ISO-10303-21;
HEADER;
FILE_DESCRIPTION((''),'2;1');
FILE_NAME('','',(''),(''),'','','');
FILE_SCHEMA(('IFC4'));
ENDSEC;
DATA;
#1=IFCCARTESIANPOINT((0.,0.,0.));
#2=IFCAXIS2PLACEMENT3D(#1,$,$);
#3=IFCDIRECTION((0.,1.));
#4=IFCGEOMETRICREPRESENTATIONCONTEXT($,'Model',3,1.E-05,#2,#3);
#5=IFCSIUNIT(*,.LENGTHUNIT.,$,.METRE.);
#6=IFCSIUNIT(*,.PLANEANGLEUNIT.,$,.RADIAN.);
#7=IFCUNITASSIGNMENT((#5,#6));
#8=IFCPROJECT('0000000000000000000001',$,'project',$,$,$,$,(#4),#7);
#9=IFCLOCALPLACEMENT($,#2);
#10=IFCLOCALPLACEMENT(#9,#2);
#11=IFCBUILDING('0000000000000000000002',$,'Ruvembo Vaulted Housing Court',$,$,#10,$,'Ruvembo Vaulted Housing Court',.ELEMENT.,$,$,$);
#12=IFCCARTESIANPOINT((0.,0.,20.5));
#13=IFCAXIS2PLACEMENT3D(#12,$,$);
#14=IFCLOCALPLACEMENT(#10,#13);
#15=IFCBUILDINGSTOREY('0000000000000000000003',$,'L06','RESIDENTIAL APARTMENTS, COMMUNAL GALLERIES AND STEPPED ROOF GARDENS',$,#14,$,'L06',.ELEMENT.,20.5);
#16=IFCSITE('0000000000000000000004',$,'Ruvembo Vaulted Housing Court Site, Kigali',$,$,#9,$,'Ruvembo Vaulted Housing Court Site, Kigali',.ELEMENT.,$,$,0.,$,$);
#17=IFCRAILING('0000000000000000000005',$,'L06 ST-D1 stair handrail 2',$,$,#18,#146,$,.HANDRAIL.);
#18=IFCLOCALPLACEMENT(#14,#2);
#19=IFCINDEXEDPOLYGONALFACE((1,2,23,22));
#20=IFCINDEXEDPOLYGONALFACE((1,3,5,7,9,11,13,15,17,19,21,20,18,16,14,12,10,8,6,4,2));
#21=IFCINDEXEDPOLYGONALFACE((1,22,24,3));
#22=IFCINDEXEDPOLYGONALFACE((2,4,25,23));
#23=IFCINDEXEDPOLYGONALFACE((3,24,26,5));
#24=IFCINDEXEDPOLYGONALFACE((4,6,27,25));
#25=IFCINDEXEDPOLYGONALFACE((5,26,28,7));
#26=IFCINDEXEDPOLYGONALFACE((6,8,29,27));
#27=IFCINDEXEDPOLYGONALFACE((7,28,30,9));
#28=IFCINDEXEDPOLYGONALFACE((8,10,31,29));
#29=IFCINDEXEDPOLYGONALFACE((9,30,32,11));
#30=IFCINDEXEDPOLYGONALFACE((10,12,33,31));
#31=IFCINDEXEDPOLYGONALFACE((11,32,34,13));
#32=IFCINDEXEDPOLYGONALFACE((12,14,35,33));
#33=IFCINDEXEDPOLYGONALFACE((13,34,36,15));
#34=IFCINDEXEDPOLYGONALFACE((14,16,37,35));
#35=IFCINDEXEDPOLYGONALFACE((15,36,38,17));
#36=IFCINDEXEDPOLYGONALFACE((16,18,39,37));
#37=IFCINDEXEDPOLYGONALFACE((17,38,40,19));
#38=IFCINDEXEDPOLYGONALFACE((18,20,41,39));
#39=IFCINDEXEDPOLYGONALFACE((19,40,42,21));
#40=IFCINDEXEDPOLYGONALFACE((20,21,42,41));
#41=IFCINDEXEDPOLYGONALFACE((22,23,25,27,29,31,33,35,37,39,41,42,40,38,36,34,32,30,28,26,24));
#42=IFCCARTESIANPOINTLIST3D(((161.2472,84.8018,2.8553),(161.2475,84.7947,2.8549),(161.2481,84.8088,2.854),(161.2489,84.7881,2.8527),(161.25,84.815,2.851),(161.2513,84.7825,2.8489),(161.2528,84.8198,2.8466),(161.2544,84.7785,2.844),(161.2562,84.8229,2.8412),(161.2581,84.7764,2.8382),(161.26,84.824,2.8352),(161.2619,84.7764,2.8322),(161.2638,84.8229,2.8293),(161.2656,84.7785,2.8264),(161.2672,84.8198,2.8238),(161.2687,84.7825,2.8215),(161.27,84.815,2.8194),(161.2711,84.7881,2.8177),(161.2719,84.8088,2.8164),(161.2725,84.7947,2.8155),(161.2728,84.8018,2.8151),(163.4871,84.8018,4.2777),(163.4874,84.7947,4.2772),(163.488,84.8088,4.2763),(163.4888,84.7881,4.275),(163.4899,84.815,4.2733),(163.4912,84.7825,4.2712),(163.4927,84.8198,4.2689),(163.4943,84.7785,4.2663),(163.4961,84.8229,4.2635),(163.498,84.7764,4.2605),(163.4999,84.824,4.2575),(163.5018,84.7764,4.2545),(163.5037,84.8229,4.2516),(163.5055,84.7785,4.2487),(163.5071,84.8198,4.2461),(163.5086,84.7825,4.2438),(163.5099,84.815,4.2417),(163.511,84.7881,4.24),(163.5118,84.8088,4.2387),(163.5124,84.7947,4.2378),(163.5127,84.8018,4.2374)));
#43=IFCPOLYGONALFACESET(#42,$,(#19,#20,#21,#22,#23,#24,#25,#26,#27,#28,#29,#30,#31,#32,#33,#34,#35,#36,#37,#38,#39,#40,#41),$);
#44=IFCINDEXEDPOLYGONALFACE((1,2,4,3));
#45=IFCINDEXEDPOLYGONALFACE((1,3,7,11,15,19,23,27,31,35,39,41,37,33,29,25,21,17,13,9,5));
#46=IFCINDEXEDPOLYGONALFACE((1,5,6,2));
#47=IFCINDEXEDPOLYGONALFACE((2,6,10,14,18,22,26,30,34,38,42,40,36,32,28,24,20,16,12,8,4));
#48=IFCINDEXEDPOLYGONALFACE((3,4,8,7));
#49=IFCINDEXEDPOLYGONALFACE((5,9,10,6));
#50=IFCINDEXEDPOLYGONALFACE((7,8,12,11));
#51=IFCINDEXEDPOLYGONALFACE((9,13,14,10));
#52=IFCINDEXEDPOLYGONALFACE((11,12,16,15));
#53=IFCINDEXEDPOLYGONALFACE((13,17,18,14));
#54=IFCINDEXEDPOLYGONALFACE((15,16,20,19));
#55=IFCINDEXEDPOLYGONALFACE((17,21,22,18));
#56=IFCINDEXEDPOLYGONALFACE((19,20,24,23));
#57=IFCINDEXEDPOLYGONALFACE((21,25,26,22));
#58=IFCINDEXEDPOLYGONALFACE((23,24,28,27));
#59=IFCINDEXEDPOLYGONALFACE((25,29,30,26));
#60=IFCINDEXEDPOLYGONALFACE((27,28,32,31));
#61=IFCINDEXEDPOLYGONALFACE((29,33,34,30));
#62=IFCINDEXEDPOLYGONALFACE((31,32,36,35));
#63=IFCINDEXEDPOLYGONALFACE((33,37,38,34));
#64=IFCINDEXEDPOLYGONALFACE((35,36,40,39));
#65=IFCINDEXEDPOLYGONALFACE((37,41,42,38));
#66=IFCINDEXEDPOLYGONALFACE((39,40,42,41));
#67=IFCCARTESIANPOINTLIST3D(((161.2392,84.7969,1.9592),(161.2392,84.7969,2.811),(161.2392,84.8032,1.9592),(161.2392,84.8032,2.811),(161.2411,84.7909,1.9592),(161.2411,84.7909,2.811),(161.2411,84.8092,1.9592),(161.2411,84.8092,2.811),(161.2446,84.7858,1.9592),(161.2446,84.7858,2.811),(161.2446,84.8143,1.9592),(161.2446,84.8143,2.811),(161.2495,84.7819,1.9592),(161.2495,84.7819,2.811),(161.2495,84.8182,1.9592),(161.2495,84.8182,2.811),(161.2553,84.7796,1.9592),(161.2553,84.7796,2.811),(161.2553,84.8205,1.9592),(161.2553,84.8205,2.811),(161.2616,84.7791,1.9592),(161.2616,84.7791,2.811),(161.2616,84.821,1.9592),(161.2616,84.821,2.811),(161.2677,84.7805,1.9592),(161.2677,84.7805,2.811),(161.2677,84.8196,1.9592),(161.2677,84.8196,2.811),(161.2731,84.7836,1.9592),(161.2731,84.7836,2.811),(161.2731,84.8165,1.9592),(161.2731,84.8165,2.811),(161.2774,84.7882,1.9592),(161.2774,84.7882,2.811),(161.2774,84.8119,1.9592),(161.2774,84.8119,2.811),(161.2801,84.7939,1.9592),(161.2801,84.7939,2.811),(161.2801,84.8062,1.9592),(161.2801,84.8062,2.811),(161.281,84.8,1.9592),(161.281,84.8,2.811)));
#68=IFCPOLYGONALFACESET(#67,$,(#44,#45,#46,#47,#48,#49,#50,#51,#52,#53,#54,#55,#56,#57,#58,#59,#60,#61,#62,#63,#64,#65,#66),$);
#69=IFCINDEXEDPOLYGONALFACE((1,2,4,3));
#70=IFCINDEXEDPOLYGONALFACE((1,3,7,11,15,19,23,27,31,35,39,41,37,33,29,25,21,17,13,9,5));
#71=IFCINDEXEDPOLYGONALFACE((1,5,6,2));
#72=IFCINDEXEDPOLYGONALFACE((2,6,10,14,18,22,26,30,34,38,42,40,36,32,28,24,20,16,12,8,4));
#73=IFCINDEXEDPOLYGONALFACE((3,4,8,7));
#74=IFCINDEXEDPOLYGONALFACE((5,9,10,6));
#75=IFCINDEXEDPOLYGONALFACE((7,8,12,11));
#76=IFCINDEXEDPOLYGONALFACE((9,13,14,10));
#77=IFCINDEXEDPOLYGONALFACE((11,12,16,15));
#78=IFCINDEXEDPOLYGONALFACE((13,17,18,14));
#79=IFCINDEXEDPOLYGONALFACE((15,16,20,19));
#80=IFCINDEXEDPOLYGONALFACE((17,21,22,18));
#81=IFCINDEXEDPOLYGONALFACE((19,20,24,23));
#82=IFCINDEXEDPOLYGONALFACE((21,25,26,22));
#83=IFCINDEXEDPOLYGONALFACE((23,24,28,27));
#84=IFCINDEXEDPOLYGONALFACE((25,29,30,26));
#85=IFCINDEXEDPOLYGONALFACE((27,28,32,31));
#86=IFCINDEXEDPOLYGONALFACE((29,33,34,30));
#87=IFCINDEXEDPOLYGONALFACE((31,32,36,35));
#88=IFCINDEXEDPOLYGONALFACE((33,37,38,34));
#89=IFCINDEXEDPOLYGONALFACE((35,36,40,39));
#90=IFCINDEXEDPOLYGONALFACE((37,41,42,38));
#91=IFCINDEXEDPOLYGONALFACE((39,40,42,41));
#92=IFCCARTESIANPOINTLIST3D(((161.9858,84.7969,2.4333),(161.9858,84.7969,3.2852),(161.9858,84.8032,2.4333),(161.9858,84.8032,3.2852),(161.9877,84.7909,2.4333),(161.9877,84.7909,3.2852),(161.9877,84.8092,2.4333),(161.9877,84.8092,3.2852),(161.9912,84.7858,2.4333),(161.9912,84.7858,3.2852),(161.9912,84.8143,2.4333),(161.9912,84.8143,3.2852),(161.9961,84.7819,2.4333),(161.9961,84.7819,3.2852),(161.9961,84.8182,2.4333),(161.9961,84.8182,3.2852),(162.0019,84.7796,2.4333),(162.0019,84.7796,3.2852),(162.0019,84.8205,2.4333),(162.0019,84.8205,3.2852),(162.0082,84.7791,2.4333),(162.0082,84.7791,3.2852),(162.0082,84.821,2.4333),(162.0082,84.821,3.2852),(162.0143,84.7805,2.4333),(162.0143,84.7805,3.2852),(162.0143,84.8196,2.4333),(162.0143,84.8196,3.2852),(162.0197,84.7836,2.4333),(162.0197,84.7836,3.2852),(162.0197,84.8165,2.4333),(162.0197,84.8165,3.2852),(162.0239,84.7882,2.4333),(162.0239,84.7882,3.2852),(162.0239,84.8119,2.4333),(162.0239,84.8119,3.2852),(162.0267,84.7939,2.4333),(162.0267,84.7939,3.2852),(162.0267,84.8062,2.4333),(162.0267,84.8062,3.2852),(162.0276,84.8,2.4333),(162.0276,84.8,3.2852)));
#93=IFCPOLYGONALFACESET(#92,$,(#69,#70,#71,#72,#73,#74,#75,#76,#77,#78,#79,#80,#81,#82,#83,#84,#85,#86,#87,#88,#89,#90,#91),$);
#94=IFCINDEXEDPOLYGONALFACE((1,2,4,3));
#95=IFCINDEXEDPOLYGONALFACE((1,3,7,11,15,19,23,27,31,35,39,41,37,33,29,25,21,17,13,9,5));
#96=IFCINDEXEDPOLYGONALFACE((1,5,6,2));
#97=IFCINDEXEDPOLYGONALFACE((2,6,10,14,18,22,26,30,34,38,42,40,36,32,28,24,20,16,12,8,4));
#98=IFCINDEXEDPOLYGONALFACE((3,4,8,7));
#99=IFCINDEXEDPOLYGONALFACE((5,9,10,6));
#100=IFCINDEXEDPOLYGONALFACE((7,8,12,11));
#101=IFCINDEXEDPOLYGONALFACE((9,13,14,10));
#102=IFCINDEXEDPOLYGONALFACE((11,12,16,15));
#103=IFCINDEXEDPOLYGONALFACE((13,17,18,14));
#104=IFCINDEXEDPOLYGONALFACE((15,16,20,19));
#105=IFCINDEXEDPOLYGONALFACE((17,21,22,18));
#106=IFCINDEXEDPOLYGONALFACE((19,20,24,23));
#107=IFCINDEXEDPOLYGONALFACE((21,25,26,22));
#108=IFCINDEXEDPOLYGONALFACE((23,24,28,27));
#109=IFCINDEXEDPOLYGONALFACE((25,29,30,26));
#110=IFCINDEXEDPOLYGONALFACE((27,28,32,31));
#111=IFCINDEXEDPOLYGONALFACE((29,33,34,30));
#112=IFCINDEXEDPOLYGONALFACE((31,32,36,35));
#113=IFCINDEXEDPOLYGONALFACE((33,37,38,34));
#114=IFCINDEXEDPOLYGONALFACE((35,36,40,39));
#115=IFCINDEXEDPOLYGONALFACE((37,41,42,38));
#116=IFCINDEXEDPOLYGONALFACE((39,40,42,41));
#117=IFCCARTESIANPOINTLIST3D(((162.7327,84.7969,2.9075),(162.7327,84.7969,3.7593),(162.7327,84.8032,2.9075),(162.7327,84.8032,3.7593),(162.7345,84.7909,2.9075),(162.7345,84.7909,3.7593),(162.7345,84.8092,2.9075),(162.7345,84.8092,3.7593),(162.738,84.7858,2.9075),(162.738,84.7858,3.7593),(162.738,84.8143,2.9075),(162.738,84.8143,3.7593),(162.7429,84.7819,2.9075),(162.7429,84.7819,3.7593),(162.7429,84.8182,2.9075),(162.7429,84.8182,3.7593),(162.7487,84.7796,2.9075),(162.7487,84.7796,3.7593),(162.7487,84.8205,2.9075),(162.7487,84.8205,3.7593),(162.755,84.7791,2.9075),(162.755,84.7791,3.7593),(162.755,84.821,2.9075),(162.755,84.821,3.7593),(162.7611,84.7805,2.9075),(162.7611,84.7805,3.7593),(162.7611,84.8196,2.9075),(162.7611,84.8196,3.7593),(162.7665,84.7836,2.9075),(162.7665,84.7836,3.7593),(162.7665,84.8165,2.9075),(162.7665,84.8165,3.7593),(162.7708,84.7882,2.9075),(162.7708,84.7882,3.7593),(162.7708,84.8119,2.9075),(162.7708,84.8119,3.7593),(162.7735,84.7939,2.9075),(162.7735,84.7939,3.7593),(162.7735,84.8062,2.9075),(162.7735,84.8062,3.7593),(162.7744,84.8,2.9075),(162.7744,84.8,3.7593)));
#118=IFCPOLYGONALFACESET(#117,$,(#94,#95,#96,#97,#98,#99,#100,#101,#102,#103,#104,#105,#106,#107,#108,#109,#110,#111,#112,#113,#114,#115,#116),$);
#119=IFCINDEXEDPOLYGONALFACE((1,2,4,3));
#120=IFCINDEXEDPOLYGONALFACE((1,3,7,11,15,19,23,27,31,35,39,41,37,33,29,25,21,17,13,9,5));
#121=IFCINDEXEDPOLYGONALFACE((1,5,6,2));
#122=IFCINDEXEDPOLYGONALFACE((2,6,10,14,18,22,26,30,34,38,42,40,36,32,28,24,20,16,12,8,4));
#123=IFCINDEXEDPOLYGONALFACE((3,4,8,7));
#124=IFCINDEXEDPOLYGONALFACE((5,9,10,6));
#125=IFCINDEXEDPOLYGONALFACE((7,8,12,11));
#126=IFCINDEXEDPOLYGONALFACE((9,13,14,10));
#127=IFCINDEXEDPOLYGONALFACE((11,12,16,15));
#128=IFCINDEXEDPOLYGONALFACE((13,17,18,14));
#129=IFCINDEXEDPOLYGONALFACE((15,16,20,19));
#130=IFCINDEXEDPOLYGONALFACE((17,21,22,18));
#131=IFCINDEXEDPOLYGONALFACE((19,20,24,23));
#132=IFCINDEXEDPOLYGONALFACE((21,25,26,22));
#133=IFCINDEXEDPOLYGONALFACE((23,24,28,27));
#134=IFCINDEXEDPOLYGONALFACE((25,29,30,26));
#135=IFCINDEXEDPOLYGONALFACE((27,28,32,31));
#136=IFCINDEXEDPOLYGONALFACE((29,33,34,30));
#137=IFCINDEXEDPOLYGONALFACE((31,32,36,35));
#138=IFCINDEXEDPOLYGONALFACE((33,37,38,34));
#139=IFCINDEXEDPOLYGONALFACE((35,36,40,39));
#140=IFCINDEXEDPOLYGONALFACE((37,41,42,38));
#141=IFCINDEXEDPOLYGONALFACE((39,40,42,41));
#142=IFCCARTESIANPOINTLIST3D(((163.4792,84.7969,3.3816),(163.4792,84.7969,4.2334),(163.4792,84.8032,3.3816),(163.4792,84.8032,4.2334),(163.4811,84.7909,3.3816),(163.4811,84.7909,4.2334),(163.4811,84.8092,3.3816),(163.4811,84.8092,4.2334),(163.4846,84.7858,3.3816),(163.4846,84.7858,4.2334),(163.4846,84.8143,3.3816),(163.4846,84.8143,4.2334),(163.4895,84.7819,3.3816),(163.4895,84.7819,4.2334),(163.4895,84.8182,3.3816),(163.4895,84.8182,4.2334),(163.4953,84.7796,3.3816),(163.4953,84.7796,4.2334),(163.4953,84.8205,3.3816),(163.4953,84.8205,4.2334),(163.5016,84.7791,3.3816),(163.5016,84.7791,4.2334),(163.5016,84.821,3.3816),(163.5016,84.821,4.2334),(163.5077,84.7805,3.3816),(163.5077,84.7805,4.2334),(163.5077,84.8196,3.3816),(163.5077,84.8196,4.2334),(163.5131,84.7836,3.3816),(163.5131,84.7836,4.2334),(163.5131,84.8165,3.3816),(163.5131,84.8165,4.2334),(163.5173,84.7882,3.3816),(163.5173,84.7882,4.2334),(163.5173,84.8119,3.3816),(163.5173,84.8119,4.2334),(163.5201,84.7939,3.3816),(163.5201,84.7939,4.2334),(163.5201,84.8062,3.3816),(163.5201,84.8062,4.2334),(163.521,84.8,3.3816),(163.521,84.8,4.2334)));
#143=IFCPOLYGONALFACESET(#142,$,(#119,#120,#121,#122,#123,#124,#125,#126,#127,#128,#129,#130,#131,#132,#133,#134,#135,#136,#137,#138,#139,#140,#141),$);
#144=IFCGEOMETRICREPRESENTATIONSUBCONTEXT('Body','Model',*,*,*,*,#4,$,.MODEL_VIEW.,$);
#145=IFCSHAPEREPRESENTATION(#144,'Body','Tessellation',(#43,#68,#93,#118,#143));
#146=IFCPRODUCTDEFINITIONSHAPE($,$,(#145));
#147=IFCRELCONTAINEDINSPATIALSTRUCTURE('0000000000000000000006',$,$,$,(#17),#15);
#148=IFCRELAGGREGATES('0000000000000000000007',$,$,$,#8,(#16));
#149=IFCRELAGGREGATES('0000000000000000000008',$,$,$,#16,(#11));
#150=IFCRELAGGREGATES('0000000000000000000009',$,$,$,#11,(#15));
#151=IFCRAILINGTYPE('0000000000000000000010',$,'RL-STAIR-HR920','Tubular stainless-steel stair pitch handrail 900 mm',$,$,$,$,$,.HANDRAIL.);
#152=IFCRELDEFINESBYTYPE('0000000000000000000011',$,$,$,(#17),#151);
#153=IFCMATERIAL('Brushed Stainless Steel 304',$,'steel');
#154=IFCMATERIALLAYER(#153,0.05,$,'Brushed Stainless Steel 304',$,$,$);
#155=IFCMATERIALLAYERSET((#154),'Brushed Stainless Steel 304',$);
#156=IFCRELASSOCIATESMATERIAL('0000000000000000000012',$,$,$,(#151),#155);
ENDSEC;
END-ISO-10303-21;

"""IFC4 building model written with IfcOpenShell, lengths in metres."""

from ifc_helpers import new_model, si_unit, direction, frame, origin, origin_2d, place, context, subcontext, project, spatial, circle, extrude, material, layer, layer_set, type_object, element, save


model = new_model("IFC4")

# Units and contexts
model_context = context("Model", 3, precision=1e-05, world=origin(), true_north=direction((0.0, 1.0)))
body_context = subcontext(model_context, "Body", "Model", "MODEL_VIEW")
ifc_project = project(units=[si_unit("LENGTHUNIT", "METRE"), si_unit("PLANEANGLEUNIT", "RADIAN")], contexts=[model_context])

# Site, building, storey
site_placement = place(None, origin())
site = spatial("IfcSite", under=ifc_project, at=site_placement, Name="Ruvembo Vaulted Housing Court Site, Kigali", LongName="Ruvembo Vaulted Housing Court Site, Kigali", CompositionType="ELEMENT", RefElevation=0.0)
building_placement = place(site_placement, origin())
building = spatial("IfcBuilding", under=site, at=building_placement, Name="Ruvembo Vaulted Housing Court", LongName="Ruvembo Vaulted Housing Court", CompositionType="ELEMENT")
storey_placement = place(building_placement, frame((0.0, 0.0, 20.5)))
storey = spatial("IfcBuildingStorey", under=building, at=storey_placement, Name="L06", Description="RESIDENTIAL APARTMENTS, COMMUNAL GALLERIES AND STEPPED ROOF GARDENS", LongName="L06", CompositionType="ELEMENT", Elevation=20.5)

# Railing
ifc_material_1 = material(Name="Brushed Stainless Steel 304", Category="steel")
ifc_layer_1 = layer(ifc_material_1, 0.05, Name="Brushed Stainless Steel 304")
ifc_layer_set_1 = layer_set([ifc_layer_1], Name="Brushed Stainless Steel 304")
railing_type_1 = type_object("IfcRailingType", Name="RL-STAIR-HR920", Description="Tubular stainless-steel stair pitch handrail 900 mm", PredefinedType="HANDRAIL", material=ifc_layer_set_1)
railing_1_placement = place(storey_placement, frame((161.26, 84.8, 1.9592)))
element("IfcRailing", 1, at=railing_1_placement, inside=storey, type_object=railing_type_1, Name="L06 ST-D1 stair handrail 2", PredefinedType="HANDRAIL", context=body_context, shape_type="SweptSolid", body=[
    extrude(circle(Radius=0.0239, at=origin_2d()), frame((0.0, 0.0, 0.876), z_axis=(0.844188, 0.0, 0.536048), x_axis=(0.0, 1.0, 0.0)), (0.0, 0.0, 1.0), 2.6533),
    extrude(circle(Radius=0.021, at=origin_2d()), origin(), (0.0, 0.0, 1.0), 0.8518),
    extrude(circle(Radius=0.021, at=origin_2d()), frame((0.7466, 0.0, 0.4741)), (0.0, 0.0, 1.0), 0.8518),
    extrude(circle(Radius=0.021, at=origin_2d()), frame((1.4934, 0.0, 0.9482)), (0.0, 0.0, 1.0), 0.8518),
    extrude(circle(Radius=0.021, at=origin_2d()), frame((2.24, 0.0, 1.4224)), (0.0, 0.0, 1.0), 0.8518),
])

save(model, "model.ifc")
